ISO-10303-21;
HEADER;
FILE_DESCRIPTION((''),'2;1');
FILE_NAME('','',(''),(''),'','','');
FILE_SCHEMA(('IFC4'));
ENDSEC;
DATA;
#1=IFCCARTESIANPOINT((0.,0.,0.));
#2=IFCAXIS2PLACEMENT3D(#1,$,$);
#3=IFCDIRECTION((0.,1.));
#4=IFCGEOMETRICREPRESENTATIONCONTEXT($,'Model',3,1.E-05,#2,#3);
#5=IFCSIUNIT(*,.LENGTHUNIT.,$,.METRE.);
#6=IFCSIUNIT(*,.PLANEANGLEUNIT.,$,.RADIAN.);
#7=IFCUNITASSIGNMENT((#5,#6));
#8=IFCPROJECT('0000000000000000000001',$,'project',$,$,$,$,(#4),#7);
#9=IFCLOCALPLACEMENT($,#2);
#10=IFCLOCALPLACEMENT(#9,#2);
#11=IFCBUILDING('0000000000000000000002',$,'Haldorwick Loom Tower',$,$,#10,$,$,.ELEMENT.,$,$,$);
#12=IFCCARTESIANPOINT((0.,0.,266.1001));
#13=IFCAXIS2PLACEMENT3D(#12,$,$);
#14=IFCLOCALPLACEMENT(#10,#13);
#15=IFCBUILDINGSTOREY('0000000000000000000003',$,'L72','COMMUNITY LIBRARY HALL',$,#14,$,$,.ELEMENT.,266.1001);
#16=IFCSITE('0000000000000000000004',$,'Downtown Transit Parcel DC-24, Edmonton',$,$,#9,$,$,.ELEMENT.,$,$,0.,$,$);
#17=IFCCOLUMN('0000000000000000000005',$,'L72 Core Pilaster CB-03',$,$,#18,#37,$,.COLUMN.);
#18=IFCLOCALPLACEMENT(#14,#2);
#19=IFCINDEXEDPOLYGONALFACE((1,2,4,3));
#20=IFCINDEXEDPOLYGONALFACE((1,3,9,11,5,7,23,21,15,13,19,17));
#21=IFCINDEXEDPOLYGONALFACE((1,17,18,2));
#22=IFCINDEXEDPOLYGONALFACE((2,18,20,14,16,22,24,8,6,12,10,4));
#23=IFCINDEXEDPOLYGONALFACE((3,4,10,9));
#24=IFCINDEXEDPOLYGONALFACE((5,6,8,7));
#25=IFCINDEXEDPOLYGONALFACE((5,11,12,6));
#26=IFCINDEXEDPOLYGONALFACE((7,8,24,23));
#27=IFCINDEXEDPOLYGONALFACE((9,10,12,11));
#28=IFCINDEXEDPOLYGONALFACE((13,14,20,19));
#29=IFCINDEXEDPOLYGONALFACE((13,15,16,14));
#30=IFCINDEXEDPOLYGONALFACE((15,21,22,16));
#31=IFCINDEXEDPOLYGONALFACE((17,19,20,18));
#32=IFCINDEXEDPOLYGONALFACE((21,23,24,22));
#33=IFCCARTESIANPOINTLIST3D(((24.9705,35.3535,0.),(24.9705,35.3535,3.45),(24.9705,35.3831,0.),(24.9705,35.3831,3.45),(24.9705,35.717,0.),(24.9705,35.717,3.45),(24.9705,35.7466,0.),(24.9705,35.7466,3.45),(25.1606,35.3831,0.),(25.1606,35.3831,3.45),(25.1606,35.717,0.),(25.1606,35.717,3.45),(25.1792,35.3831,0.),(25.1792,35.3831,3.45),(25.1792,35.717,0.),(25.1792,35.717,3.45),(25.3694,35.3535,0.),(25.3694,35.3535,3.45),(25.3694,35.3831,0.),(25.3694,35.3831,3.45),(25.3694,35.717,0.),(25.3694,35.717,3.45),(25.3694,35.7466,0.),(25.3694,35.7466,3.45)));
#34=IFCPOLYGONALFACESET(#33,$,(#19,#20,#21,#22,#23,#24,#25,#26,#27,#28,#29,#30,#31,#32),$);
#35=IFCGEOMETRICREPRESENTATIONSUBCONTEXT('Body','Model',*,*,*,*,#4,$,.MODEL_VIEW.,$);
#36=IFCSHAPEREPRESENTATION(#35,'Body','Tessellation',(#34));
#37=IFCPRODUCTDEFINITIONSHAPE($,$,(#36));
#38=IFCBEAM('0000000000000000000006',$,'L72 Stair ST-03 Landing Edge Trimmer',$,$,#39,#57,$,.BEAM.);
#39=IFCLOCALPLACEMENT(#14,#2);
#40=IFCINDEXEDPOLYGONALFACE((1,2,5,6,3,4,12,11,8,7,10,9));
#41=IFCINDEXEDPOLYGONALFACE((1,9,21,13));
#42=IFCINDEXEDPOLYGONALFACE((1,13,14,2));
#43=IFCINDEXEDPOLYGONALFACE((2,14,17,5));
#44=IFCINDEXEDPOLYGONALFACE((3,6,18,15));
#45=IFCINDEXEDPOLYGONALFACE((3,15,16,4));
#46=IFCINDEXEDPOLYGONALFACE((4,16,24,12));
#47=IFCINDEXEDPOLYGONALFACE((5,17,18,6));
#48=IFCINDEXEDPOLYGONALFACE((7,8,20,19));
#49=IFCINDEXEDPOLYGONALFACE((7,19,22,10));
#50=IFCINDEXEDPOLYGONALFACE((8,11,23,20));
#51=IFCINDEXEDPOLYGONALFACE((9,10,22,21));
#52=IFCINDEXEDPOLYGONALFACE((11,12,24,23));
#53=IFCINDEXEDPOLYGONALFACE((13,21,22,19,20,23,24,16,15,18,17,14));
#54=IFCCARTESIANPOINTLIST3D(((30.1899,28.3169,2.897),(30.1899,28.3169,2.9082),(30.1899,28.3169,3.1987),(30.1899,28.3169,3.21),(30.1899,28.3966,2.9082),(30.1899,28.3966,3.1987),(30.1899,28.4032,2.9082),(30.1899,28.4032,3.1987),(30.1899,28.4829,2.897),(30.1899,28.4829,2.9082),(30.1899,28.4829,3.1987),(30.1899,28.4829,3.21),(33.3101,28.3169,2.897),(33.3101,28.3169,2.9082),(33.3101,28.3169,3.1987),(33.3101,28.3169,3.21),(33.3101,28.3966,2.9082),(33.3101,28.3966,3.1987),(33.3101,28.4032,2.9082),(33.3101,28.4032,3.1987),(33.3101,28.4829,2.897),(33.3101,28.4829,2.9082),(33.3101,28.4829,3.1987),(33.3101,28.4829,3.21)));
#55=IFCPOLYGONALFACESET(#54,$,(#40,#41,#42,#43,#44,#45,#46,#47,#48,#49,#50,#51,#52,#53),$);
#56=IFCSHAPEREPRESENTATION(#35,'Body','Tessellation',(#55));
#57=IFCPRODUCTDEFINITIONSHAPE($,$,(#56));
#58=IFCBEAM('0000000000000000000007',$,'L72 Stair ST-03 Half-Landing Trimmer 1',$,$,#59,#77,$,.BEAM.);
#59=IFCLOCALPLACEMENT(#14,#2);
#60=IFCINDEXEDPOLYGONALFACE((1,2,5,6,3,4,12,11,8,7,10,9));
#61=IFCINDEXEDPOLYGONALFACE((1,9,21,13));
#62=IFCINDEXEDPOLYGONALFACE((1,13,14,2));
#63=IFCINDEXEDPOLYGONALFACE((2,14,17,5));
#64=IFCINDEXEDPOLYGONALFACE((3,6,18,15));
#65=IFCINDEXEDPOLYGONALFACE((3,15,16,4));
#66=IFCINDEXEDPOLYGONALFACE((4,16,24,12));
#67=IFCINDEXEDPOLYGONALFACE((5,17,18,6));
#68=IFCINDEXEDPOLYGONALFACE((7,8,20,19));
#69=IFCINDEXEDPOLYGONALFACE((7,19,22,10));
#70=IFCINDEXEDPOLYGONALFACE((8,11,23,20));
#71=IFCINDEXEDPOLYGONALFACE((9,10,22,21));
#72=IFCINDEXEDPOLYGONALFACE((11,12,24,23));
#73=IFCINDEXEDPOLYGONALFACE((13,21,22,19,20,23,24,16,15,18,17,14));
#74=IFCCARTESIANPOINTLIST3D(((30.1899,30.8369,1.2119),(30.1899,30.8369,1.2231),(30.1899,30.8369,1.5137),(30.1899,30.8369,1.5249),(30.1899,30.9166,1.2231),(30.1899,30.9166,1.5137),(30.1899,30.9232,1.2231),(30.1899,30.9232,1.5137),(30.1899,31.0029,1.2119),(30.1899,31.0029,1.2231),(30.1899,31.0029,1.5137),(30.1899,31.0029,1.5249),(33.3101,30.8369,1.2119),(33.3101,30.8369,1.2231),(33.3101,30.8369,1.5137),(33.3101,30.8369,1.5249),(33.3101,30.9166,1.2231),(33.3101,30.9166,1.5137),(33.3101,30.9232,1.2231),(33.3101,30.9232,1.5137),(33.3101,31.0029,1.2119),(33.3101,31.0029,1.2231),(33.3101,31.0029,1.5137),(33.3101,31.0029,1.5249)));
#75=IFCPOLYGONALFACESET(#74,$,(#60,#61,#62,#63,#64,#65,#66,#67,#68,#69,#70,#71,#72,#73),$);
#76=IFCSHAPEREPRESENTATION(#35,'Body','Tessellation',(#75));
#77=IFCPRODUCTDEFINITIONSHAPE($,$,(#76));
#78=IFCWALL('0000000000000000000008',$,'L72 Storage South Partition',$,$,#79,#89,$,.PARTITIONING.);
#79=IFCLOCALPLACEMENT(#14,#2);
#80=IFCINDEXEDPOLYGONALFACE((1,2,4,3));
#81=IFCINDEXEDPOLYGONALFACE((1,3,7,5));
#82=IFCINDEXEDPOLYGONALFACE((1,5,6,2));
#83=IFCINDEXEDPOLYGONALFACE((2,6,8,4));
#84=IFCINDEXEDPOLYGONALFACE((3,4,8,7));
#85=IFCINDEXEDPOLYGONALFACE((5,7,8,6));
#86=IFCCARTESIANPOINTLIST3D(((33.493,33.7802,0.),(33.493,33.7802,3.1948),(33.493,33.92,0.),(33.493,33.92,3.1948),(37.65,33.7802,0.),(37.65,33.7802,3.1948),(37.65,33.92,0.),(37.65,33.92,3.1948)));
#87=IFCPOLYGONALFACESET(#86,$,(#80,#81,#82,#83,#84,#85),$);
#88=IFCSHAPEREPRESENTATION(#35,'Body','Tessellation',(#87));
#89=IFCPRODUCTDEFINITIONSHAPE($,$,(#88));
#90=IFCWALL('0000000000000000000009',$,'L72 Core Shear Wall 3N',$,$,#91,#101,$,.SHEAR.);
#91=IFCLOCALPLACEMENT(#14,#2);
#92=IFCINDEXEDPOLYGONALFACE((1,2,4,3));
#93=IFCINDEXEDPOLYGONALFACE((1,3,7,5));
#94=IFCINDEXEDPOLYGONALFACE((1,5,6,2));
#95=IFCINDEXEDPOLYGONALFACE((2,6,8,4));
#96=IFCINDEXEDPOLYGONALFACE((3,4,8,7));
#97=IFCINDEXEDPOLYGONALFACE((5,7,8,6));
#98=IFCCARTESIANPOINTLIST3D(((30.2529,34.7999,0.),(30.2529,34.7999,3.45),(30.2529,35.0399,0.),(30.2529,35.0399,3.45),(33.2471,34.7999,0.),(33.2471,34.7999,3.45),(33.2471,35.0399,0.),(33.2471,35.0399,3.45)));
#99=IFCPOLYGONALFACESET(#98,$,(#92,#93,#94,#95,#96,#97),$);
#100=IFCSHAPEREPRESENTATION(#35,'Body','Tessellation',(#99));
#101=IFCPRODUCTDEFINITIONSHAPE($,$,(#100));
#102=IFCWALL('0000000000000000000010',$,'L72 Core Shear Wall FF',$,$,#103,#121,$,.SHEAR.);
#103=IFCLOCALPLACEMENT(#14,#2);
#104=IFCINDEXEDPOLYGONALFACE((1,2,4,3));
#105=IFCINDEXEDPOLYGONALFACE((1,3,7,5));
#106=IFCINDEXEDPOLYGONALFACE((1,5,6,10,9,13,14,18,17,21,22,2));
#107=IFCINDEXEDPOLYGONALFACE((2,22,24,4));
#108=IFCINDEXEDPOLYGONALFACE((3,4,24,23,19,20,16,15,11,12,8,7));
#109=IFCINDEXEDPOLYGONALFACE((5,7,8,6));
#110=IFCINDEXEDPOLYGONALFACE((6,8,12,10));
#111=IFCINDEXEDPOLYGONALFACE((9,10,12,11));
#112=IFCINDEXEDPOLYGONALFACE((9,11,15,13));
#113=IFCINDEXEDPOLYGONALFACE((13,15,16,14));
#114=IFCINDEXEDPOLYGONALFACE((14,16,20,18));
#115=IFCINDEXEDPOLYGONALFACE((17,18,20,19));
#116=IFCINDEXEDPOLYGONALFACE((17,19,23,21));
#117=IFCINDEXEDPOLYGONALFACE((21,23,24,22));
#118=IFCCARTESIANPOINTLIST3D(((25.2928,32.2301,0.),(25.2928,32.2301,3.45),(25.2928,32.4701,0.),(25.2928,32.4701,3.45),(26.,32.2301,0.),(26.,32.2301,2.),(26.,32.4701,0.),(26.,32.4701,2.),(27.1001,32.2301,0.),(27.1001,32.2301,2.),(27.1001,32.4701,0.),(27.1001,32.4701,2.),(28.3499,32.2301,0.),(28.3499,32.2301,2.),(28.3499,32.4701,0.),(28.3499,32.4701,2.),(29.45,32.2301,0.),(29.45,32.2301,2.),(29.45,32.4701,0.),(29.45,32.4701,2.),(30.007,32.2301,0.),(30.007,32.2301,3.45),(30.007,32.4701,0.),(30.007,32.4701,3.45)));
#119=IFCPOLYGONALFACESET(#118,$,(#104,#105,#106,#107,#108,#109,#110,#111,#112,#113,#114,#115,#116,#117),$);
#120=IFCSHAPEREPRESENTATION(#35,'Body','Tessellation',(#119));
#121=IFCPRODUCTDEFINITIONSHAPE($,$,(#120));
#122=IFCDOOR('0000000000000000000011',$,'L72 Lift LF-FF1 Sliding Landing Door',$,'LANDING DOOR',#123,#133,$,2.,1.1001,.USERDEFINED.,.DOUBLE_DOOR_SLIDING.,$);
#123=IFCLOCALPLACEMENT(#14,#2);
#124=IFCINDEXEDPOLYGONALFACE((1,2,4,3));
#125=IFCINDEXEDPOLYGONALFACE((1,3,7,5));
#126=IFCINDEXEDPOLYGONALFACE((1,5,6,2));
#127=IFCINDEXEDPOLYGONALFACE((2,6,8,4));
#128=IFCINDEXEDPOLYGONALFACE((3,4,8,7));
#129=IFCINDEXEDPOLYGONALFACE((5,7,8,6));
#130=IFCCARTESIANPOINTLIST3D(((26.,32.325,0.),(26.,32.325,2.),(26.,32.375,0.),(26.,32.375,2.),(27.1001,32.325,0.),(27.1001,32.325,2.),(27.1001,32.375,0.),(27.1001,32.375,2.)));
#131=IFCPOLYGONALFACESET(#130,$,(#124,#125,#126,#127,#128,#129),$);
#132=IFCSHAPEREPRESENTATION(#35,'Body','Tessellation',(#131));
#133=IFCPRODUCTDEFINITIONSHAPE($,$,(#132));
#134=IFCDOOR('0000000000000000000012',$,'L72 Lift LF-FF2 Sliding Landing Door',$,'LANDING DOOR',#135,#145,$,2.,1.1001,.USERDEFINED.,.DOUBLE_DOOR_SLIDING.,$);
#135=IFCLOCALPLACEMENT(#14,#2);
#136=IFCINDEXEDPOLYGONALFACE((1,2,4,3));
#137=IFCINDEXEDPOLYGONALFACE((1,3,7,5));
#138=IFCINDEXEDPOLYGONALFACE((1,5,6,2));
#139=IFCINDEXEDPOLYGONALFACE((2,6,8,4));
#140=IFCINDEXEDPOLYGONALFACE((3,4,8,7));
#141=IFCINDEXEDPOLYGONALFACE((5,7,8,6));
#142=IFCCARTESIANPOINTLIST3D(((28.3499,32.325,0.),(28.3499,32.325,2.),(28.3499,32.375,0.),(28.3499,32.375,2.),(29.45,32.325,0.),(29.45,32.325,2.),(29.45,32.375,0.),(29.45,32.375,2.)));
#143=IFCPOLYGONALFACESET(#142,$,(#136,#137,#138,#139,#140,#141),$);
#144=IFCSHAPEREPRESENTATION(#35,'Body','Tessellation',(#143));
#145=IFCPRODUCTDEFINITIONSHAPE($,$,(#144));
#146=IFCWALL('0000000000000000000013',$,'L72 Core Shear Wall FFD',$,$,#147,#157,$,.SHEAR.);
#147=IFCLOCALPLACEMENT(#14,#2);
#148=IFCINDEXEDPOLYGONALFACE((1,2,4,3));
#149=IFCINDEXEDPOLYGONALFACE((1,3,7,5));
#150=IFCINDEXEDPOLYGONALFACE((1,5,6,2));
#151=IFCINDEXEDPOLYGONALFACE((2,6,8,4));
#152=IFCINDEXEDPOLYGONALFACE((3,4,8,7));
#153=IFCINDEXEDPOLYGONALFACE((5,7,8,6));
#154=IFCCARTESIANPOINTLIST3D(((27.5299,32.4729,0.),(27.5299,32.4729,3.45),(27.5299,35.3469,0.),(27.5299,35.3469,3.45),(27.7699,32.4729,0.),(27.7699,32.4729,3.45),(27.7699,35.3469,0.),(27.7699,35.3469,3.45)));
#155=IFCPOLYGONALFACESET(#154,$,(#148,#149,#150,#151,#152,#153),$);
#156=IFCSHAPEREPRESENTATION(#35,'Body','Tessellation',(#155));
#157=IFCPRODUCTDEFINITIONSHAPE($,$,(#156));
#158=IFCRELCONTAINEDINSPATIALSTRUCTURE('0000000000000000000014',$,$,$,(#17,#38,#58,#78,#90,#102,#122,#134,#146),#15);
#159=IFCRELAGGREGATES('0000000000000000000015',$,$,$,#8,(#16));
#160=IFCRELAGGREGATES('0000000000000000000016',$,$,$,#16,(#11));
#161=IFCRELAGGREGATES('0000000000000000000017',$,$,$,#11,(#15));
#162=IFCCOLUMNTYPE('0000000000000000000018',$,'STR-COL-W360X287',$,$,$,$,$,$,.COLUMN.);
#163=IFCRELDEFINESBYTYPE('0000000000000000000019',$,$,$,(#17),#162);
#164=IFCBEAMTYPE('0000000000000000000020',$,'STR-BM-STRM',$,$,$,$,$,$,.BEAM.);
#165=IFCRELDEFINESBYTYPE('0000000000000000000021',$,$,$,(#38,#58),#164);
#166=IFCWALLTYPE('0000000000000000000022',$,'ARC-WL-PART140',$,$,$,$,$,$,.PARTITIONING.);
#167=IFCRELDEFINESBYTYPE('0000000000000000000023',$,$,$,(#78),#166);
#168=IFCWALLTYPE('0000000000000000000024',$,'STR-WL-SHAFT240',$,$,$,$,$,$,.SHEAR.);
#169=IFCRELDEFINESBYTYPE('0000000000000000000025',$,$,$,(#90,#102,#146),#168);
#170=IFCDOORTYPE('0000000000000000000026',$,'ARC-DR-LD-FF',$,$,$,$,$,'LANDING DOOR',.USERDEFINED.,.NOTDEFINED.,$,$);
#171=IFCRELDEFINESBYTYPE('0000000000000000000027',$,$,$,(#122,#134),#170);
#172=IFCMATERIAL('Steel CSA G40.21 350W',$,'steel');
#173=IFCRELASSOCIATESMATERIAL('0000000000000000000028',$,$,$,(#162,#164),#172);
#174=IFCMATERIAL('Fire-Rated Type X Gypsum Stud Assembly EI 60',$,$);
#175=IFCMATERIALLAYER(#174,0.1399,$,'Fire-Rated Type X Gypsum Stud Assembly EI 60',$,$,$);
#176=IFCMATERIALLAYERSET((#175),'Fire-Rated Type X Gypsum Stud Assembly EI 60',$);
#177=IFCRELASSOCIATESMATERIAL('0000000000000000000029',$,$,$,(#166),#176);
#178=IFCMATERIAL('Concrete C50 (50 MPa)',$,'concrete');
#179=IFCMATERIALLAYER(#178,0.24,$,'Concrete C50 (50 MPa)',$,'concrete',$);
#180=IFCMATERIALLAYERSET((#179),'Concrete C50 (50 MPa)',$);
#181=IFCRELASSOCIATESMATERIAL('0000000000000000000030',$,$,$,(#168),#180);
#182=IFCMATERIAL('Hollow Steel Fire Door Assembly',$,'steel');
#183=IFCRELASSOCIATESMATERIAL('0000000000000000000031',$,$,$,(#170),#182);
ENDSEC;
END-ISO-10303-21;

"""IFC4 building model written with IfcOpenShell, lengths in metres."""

from ifc_helpers import new_model, si_unit, direction, frame, frame_2d, origin, origin_2d, place, context, subcontext, project, spatial, rectangle, i_section, extrude, material, layer, layer_set, material_profile, profile_set, type_object, element, fill, save


model = new_model("IFC4")

# Units and contexts
model_context = context("Model", 3, precision=1e-05, world=origin(), true_north=direction((0.0, 1.0)))
body_context = subcontext(model_context, "Body", "Model", "MODEL_VIEW")
ifc_project = project(units=[si_unit("LENGTHUNIT", "METRE"), si_unit("PLANEANGLEUNIT", "RADIAN")], contexts=[model_context])

# Site, building, storey
site_placement = place(None, origin())
site = spatial("IfcSite", under=ifc_project, at=site_placement, Name="Downtown Transit Parcel DC-24, Edmonton", CompositionType="ELEMENT", RefElevation=0.0)
building_placement = place(site_placement, origin())
building = spatial("IfcBuilding", under=site, at=building_placement, Name="Haldorwick Loom Tower", CompositionType="ELEMENT")
storey_placement = place(building_placement, frame((0.0, 0.0, 266.1001)))
storey = spatial("IfcBuildingStorey", under=building, at=storey_placement, Name="L72", Description="COMMUNITY LIBRARY HALL", CompositionType="ELEMENT", Elevation=266.1001)

# Column
ifc_material_1 = material(Name="Steel CSA G40.21 350W", Category="steel")
ifc_material_profile_1 = material_profile(ifc_material_1, i_section(OverallWidth=0.3989, OverallDepth=0.3931, WebThickness=0.0186, FlangeThickness=0.0295, at=origin_2d()), Name="W360X287", Category="steel")
ifc_profile_set_1 = profile_set([ifc_material_profile_1], Name="Steel CSA G40.21 350W")
column_type = type_object("IfcColumnType", Name="STR-COL-W360X287", PredefinedType="COLUMN", material=ifc_profile_set_1)
column_placement = place(storey_placement, frame((25.1699, 35.55, 0.0), z_axis=(0.0, 0.0, 1.0), x_axis=(1.0, 0.0, 0.0)))
element("IfcColumn", 1, at=column_placement, inside=storey, type_object=column_type, Name="L72 Core Pilaster CB-03", PredefinedType="COLUMN", context=body_context, shape_type="SweptSolid", body=[
    extrude(i_section(OverallWidth=0.3989, OverallDepth=0.3931, WebThickness=0.0186, FlangeThickness=0.0295, at=origin_2d()), origin(), (0.0, 0.0, 1.0), 3.45),
])

# Beams
ifc_material_profile_2 = material_profile(ifc_material_1, i_section(OverallWidth=0.166, OverallDepth=0.313, WebThickness=0.0066, FlangeThickness=0.0112, at=origin_2d()), Name="W310X45", Category="steel")
ifc_profile_set_2 = profile_set([ifc_material_profile_2], Name="Steel CSA G40.21 350W")
beam_type = type_object("IfcBeamType", Name="STR-BM-STRM", PredefinedType="BEAM", material=ifc_profile_set_2)
for number, where, z_axis, x_axis, name in (
    (2, (30.1899, 28.3999, 3.0535), (1.0, 0.0, 0.0), (0.0, 1.0, 0.0), "L72 Stair ST-03 Landing Edge Trimmer"),
    (3, (30.1899, 30.9199, 1.3684), (1.0, 0.0, 0.0), (0.0, 1.0, 0.0), "L72 Stair ST-03 Half-Landing Trimmer 1"),
):
    element("IfcBeam", number, at=place(storey_placement, frame(where, z_axis=z_axis, x_axis=x_axis)), inside=storey, type_object=beam_type, Name=name, PredefinedType="BEAM", context=body_context, shape_type="SweptSolid", body=[
        extrude(i_section(OverallWidth=0.166, OverallDepth=0.313, WebThickness=0.0066, FlangeThickness=0.0112, at=origin_2d()), origin(), (0.0, 0.0, 1.0), 3.1201),
    ])

# Walls
ifc_material_2 = material(Name="Fire-Rated Type X Gypsum Stud Assembly EI 60")
ifc_layer_1 = layer(ifc_material_2, 0.1399, Name="Fire-Rated Type X Gypsum Stud Assembly EI 60")
ifc_layer_set_1 = layer_set([ifc_layer_1], Name="Fire-Rated Type X Gypsum Stud Assembly EI 60")
wall_type_1 = type_object("IfcWallType", Name="ARC-WL-PART140", PredefinedType="PARTITIONING", material=ifc_layer_set_1)
wall_1_placement = place(storey_placement, frame((33.4929, 33.8501, 0.0), z_axis=(0.0, 0.0, 1.0), x_axis=(1.0, 0.0, 0.0)))
element("IfcWall", 4, at=wall_1_placement, inside=storey, type_object=wall_type_1, Name="L72 Storage South Partition", PredefinedType="PARTITIONING", context=body_context, shape_type="SweptSolid", body=[
    extrude(rectangle(XDim=4.157, YDim=0.1399, at=frame_2d((2.0786, 0.0))), origin(), (0.0, 0.0, 1.0), 3.1948),
])
ifc_material_3 = material(Name="Concrete C50 (50 MPa)", Category="concrete")
ifc_layer_2 = layer(ifc_material_3, 0.24, Name="Concrete C50 (50 MPa)", Category="concrete")
ifc_layer_set_2 = layer_set([ifc_layer_2], Name="Concrete C50 (50 MPa)")
wall_type_2 = type_object("IfcWallType", Name="STR-WL-SHAFT240", PredefinedType="SHEAR", material=ifc_layer_set_2)
wall_2_placement = place(storey_placement, frame((30.2529, 34.9199, 0.0), z_axis=(0.0, 0.0, 1.0), x_axis=(1.0, 0.0, 0.0)))
element("IfcWall", 5, at=wall_2_placement, inside=storey, type_object=wall_type_2, Name="L72 Core Shear Wall 3N", PredefinedType="SHEAR", context=body_context, shape_type="SweptSolid", body=[
    extrude(rectangle(XDim=2.9941, YDim=0.24, at=frame_2d((1.4971, 0.0))), origin(), (0.0, 0.0, 1.0), 3.45),
])

# Wall, openings, doors
wall_3_placement = place(storey_placement, frame((25.293, 32.3501, 0.0), z_axis=(0.0, 0.0, 1.0), x_axis=(1.0, 0.0, 0.0)))
wall_3 = element("IfcWall", 6, at=wall_3_placement, inside=storey, type_object=wall_type_2, Name="L72 Core Shear Wall FF", PredefinedType="SHEAR", context=body_context, shape_type="SweptSolid", body=[
    extrude(rectangle(XDim=4.7141, YDim=0.24, at=frame_2d((2.3569, 0.0))), origin(), (0.0, 0.0, 1.0), 3.45),
])
opening_1_placement = place(wall_3_placement, frame((0.707, 0.0, 0.0)))
opening_1 = element("IfcOpeningElement", 7, at=opening_1_placement, cuts=wall_3, PredefinedType="OPENING", context=body_context, shape_type="SweptSolid", body=[
    extrude(rectangle(XDim=1.1001, YDim=2.0, at=frame_2d((0.55, 1.0))), frame((0.0, 0.1299, 0.0), z_axis=(0.0, -1.0, 0.0), x_axis=(1.0, 0.0, 0.0)), (0.0, 0.0, 1.0), 0.26),
])
opening_2_placement = place(wall_3_placement, frame((3.0569, 0.0, 0.0)))
opening_2 = element("IfcOpeningElement", 8, at=opening_2_placement, cuts=wall_3, PredefinedType="OPENING", context=body_context, shape_type="SweptSolid", body=[
    extrude(rectangle(XDim=1.1001, YDim=2.0, at=frame_2d((0.55, 1.0))), frame((0.0, 0.1299, 0.0), z_axis=(0.0, -1.0, 0.0), x_axis=(1.0, 0.0, 0.0)), (0.0, 0.0, 1.0), 0.26),
])
ifc_material_4 = material(Name="Hollow Steel Fire Door Assembly", Category="steel")
door_type_1 = type_object("IfcDoorType", Name="ARC-DR-LD-FF", ElementType="LANDING DOOR", OperationType="NOTDEFINED", PredefinedType="USERDEFINED", material=ifc_material_4)
door_1_placement = place(opening_1_placement, origin())
door_1 = element("IfcDoor", 9, at=door_1_placement, inside=storey, type_object=door_type_1, Name="L72 Lift LF-FF1 Sliding Landing Door", ObjectType="LANDING DOOR", OperationType="DOUBLE_DOOR_SLIDING", OverallHeight=2.0, OverallWidth=1.1001, PredefinedType="USERDEFINED", context=body_context, shape_type="SweptSolid", body=[
    extrude(rectangle(XDim=1.1001, YDim=2.0, at=frame_2d((0.55, 1.0))), frame((0.0, 0.0249, 0.0), z_axis=(0.0, -1.0, 0.0), x_axis=(1.0, 0.0, 0.0)), (0.0, 0.0, 1.0), 0.05),
])
fill(opening_1, door_1)
door_2_placement = place(opening_2_placement, origin())
door_2 = element("IfcDoor", 10, at=door_2_placement, inside=storey, type_object=door_type_1, Name="L72 Lift LF-FF2 Sliding Landing Door", ObjectType="LANDING DOOR", OperationType="DOUBLE_DOOR_SLIDING", OverallHeight=2.0, OverallWidth=1.1001, PredefinedType="USERDEFINED", context=body_context, shape_type="SweptSolid", body=[
    extrude(rectangle(XDim=1.1001, YDim=2.0, at=frame_2d((0.55, 1.0))), frame((0.0, 0.0249, 0.0), z_axis=(0.0, -1.0, 0.0), x_axis=(1.0, 0.0, 0.0)), (0.0, 0.0, 1.0), 0.05),
])
fill(opening_2, door_2)

# Wall
wall_4_placement = place(storey_placement, frame((27.6499, 32.4729, 0.0), z_axis=(0.0, 0.0, 1.0), x_axis=(0.0, 1.0, 0.0)))
element("IfcWall", 11, at=wall_4_placement, inside=storey, type_object=wall_type_2, Name="L72 Core Shear Wall FFD", PredefinedType="SHEAR", context=body_context, shape_type="SweptSolid", body=[
    extrude(rectangle(XDim=2.874, YDim=0.24, at=frame_2d((1.437, 0.0))), origin(), (0.0, 0.0, 1.0), 3.45),
])

save(model, "model.ifc")
